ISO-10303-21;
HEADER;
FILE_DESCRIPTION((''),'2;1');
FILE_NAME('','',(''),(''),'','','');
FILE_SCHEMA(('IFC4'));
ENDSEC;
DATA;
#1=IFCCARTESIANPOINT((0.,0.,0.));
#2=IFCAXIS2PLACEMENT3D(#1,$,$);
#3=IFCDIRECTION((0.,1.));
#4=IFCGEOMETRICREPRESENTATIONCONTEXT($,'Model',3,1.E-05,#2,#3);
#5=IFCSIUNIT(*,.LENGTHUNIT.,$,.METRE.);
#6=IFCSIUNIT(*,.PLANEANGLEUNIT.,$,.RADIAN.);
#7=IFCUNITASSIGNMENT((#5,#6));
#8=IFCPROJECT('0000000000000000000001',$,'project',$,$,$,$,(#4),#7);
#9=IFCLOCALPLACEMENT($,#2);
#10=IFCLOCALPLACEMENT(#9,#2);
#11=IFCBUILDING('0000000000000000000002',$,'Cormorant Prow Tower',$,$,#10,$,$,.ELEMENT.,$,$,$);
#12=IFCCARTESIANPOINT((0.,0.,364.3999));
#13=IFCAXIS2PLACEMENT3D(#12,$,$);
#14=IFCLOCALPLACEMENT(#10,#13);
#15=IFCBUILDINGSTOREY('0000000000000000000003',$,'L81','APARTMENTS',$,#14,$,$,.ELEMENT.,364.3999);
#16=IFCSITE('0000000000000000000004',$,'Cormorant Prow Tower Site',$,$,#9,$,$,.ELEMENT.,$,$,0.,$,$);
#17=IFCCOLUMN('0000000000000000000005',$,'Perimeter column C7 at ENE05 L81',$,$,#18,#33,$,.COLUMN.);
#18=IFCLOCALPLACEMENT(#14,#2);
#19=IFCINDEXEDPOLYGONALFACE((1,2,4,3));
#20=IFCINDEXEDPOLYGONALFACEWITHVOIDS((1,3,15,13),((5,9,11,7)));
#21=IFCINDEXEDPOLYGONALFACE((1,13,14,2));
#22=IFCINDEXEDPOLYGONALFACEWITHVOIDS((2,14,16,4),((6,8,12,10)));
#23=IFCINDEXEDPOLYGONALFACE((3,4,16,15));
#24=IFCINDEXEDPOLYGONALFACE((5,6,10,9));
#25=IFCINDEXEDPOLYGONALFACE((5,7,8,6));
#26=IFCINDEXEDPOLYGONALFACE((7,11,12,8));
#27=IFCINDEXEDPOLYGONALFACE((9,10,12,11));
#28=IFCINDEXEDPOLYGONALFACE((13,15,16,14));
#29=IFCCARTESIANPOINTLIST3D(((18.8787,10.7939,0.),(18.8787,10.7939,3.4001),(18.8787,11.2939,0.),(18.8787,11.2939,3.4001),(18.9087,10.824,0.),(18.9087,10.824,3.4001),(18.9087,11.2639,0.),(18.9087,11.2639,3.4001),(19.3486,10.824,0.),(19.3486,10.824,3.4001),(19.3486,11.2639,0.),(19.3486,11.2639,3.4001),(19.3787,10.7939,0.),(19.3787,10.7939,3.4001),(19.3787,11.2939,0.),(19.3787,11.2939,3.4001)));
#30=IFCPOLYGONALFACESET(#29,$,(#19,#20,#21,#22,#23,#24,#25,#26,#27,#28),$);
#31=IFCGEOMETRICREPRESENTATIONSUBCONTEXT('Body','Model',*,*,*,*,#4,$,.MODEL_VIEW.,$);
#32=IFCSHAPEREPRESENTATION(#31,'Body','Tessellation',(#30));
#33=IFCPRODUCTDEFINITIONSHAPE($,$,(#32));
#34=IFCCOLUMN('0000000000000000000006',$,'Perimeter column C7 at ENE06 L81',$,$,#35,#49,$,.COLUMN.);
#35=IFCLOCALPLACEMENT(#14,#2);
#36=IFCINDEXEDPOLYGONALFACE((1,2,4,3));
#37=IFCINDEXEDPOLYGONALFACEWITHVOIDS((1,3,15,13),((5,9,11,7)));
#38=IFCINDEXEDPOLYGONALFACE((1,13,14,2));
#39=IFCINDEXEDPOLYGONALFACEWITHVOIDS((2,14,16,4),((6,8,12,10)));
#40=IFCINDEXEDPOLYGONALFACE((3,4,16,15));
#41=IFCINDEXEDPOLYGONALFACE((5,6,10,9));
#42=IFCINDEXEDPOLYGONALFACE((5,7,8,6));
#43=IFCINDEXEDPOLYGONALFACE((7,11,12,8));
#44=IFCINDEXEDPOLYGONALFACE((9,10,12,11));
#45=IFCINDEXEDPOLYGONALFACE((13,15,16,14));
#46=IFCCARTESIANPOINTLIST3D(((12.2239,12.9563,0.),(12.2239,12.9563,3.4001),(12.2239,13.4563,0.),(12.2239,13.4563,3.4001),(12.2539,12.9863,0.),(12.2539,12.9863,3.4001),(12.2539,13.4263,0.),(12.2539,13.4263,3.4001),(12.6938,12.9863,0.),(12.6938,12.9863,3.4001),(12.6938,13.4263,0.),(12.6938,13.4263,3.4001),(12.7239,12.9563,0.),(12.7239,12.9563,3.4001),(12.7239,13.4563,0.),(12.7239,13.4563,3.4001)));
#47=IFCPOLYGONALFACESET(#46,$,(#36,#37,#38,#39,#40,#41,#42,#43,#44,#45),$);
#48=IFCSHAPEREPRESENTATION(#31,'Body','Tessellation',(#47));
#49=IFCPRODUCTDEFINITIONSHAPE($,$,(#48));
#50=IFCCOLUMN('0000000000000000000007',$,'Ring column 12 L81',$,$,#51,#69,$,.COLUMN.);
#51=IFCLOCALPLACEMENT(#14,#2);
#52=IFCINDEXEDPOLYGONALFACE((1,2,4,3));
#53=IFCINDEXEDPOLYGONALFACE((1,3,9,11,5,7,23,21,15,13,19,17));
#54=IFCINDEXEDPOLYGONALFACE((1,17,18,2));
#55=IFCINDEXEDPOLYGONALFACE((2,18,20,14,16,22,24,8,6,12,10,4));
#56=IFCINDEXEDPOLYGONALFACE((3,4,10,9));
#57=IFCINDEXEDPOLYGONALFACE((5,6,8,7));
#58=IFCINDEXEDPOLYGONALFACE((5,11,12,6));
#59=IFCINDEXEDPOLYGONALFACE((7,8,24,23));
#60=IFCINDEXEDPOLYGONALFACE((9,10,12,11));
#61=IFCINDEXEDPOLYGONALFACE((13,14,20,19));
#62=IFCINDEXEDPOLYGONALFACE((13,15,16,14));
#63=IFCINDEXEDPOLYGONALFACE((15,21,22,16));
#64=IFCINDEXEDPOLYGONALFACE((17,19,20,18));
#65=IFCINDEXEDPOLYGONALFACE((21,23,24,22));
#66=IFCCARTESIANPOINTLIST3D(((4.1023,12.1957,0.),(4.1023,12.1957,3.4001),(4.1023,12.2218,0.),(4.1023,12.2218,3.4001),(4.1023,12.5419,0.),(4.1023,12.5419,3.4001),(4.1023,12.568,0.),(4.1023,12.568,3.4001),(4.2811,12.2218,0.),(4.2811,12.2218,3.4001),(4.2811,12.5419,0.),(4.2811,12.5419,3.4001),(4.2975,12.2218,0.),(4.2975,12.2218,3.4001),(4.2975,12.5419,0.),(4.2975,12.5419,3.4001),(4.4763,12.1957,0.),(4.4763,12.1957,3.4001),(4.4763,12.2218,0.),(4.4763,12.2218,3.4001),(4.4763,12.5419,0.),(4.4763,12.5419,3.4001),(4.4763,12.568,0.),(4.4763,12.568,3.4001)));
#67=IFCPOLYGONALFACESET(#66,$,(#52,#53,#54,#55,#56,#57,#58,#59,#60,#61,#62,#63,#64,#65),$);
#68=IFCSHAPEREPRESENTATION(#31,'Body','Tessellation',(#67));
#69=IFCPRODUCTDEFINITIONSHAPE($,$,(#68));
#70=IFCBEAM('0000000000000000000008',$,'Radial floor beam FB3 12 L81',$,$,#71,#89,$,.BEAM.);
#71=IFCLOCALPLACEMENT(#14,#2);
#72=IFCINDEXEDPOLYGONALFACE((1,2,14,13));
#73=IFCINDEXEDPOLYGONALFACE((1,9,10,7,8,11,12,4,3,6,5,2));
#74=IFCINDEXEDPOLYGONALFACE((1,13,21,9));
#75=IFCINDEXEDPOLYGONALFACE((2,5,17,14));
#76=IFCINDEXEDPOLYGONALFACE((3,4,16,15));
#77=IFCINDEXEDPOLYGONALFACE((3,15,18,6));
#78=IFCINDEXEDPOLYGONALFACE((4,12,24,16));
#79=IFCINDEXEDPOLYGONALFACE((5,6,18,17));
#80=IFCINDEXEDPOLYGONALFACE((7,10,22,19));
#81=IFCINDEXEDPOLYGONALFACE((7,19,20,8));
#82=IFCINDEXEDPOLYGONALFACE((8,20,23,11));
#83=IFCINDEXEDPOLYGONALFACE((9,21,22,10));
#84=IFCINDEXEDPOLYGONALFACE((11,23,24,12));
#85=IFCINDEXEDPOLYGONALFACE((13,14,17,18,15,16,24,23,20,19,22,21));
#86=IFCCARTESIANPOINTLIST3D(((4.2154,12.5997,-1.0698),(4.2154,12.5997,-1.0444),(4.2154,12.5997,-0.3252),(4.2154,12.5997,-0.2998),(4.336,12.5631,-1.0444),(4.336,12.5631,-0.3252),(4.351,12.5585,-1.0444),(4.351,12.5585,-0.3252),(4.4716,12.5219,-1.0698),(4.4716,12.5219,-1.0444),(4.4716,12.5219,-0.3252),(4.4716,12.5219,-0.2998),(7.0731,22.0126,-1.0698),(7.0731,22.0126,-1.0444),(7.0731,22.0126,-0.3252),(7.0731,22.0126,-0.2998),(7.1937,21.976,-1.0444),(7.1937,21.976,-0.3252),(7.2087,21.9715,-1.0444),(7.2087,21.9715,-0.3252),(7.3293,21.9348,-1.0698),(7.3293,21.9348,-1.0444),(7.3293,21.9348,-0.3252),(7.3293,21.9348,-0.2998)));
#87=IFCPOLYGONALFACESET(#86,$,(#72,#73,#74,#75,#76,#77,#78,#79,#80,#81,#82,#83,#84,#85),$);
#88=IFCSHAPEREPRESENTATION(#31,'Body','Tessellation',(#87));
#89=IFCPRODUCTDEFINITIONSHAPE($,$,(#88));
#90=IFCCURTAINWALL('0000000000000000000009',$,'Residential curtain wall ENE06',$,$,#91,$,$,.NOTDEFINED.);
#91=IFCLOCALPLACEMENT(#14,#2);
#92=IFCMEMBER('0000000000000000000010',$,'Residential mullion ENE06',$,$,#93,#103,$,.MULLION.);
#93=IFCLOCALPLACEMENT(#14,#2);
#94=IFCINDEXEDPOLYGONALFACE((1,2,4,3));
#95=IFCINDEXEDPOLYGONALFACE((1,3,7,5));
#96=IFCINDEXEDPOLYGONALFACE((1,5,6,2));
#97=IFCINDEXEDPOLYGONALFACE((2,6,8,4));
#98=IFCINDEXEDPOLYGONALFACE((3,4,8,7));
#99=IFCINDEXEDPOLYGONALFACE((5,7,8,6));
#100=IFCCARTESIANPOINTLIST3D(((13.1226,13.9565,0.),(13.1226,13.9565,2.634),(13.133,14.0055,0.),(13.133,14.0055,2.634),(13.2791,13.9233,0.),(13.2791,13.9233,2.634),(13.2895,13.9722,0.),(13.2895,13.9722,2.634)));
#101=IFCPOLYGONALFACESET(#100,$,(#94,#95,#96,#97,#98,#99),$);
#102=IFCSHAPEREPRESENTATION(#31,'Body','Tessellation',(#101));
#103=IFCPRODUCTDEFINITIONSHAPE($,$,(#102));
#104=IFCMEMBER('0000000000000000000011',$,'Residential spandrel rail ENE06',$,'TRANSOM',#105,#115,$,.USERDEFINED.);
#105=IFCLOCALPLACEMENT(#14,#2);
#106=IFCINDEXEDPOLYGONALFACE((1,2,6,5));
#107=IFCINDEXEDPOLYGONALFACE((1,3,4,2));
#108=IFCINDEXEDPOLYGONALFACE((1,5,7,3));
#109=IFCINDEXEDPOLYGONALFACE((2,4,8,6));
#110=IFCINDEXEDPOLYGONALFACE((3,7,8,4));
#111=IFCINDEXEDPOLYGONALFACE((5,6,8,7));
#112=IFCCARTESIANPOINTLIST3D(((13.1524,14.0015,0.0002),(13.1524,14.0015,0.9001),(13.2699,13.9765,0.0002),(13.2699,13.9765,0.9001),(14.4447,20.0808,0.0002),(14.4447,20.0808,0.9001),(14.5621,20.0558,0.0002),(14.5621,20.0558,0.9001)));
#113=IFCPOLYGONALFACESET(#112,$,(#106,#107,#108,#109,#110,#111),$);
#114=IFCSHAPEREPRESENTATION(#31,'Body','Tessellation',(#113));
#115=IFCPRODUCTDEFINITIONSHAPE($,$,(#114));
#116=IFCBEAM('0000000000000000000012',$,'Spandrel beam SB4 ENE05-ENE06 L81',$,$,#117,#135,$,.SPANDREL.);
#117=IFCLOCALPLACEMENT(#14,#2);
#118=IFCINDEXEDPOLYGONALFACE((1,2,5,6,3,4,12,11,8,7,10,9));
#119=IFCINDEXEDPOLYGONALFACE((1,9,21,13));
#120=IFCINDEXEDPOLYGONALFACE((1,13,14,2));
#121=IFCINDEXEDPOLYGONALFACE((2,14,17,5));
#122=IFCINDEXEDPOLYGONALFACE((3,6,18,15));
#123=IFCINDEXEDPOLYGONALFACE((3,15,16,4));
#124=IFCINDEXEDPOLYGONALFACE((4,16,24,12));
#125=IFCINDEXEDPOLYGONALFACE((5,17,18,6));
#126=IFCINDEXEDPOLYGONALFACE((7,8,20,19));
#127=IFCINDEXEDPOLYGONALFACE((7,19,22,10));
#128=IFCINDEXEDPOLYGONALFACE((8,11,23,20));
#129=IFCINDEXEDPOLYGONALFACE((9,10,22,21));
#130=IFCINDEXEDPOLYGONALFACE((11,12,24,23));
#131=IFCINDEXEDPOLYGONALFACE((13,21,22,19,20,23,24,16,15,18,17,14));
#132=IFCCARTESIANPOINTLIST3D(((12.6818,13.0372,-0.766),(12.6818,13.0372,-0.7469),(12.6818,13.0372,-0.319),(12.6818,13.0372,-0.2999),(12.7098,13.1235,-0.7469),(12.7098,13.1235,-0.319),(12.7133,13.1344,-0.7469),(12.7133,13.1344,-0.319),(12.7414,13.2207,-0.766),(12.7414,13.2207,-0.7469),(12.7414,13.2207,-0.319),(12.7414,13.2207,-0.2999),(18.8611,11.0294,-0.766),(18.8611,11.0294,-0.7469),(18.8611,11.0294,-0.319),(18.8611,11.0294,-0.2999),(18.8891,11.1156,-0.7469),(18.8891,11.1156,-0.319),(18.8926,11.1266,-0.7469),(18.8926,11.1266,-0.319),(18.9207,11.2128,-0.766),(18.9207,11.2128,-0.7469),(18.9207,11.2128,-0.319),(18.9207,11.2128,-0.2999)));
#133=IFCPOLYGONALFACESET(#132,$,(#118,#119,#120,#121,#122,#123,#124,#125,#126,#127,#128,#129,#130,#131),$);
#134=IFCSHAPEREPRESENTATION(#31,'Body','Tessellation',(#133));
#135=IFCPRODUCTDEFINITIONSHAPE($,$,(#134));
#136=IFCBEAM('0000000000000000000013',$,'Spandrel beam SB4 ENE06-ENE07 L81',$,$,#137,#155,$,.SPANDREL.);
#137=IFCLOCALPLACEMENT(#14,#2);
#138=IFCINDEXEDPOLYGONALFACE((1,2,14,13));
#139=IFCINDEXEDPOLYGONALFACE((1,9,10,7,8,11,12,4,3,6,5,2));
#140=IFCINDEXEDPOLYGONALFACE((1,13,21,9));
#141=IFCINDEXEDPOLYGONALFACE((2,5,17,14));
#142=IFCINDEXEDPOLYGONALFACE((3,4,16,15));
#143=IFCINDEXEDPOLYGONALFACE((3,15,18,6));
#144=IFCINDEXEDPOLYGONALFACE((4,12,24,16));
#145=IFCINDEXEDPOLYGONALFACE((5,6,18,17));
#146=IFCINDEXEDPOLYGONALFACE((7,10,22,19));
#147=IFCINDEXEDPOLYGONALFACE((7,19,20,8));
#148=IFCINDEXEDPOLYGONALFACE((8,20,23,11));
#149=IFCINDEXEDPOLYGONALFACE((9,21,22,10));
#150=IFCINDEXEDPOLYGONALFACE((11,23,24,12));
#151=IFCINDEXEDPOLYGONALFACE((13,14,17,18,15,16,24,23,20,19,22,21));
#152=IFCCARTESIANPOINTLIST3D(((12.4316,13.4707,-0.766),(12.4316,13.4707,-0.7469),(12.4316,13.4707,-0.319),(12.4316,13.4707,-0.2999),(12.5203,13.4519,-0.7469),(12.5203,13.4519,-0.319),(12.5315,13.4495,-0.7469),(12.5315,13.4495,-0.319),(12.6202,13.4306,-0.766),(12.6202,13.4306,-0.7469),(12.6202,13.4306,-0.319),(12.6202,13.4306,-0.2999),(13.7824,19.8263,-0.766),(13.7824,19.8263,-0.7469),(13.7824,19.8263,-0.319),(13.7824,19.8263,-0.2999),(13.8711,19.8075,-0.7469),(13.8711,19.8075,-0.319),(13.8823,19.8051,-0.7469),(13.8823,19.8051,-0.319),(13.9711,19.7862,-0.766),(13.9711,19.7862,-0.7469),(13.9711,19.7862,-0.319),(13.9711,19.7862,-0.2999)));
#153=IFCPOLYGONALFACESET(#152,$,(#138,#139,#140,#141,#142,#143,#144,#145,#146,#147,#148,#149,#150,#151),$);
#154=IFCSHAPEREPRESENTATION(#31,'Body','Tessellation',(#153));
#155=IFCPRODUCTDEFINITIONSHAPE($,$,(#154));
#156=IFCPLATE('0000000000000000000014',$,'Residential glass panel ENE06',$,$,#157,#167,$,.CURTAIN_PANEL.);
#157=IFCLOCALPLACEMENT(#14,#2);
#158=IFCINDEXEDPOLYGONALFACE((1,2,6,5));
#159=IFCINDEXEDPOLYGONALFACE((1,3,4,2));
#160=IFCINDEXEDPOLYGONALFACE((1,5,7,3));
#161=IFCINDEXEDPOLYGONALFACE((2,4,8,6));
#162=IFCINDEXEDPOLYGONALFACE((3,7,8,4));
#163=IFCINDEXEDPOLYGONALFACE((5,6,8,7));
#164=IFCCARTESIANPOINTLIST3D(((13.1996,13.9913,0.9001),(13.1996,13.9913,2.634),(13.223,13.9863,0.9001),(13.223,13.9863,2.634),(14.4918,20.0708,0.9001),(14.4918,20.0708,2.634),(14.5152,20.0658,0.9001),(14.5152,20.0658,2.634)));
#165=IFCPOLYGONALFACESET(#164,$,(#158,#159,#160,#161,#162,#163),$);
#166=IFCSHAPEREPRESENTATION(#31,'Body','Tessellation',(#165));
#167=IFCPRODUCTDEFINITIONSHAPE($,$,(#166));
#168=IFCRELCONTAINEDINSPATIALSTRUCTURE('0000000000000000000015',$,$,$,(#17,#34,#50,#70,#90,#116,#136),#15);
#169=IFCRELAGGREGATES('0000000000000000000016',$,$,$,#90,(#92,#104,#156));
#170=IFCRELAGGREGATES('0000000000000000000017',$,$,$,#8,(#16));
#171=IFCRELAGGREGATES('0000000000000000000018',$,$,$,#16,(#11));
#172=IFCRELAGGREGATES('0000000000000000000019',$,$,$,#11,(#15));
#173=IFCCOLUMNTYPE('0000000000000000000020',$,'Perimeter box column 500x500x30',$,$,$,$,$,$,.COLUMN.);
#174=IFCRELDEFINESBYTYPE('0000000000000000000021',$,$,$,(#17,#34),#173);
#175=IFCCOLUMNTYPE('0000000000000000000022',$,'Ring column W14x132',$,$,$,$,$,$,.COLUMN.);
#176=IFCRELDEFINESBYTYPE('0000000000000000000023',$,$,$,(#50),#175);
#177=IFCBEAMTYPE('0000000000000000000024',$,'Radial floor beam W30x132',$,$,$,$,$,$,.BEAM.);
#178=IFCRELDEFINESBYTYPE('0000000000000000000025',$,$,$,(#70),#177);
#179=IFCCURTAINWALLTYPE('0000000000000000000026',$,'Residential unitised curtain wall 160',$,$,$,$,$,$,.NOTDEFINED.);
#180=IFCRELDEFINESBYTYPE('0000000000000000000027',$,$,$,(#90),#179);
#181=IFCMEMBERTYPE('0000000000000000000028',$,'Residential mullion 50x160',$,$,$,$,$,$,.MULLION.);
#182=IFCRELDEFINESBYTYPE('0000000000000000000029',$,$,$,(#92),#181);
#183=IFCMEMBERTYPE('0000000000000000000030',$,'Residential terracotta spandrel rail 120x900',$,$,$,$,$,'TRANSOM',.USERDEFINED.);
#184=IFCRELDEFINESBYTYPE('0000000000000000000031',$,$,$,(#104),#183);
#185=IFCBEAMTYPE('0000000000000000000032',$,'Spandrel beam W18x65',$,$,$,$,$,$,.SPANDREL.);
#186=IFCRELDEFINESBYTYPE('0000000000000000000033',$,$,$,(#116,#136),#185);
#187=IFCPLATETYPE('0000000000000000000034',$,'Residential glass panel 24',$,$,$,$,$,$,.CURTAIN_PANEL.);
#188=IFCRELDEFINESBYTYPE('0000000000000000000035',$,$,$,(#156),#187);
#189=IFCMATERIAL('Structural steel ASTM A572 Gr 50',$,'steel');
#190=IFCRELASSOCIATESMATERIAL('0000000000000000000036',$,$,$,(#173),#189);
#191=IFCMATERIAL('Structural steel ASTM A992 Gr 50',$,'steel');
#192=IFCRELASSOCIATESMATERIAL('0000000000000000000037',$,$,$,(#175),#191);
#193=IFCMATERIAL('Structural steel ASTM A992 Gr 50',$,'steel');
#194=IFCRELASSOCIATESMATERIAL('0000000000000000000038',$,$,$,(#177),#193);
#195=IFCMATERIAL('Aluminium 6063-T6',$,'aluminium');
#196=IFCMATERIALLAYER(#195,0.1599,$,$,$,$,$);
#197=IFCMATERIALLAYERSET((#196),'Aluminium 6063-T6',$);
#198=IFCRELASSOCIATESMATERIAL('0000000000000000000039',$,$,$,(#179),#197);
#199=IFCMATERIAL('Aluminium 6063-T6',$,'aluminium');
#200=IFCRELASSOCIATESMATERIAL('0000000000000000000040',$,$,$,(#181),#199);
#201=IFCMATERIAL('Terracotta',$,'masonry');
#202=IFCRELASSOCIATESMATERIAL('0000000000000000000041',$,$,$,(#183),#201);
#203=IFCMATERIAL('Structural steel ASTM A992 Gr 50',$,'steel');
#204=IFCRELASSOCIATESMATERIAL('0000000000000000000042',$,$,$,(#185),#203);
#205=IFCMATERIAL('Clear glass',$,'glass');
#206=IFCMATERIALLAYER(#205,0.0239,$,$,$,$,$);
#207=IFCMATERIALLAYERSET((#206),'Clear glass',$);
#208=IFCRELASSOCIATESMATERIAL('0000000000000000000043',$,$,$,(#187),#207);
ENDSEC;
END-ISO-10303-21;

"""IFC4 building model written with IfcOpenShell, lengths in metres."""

from ifc_helpers import new_model, si_unit, direction, frame, origin, origin_2d, place, context, subcontext, project, spatial, rectangle, hollow_rectangle, i_section, extrude, material, layer, layer_set, material_profile, profile_set, type_object, element, aggregate, save


model = new_model("IFC4")

# Units and contexts
model_context = context("Model", 3, precision=1e-05, world=origin(), true_north=direction((0.0, 1.0)))
body_context = subcontext(model_context, "Body", "Model", "MODEL_VIEW")
ifc_project = project(units=[si_unit("LENGTHUNIT", "METRE"), si_unit("PLANEANGLEUNIT", "RADIAN")], contexts=[model_context])

# Site, building, storey
site_placement = place(None, origin())
site = spatial("IfcSite", under=ifc_project, at=site_placement, Name="Cormorant Prow Tower Site", CompositionType="ELEMENT", RefElevation=0.0)
building_placement = place(site_placement, origin())
building = spatial("IfcBuilding", under=site, at=building_placement, Name="Cormorant Prow Tower", CompositionType="ELEMENT")
storey_placement = place(building_placement, frame((0.0, 0.0, 364.3999)))
storey = spatial("IfcBuildingStorey", under=building, at=storey_placement, Name="L81", Description="APARTMENTS", CompositionType="ELEMENT", Elevation=364.3999)

# Columns
ifc_material_1 = material(Name="Structural steel ASTM A572 Gr 50", Category="steel")
ifc_material_profile_1 = material_profile(ifc_material_1, hollow_rectangle(XDim=0.5, YDim=0.5, WallThickness=0.03, at=origin_2d()), Name="Box 500x500x30")
ifc_profile_set_1 = profile_set([ifc_material_profile_1], Name="Structural steel ASTM A572 Gr 50")
column_type_1 = type_object("IfcColumnType", Name="Perimeter box column 500x500x30", PredefinedType="COLUMN", material=ifc_profile_set_1)
for number, where, z_axis, x_axis, name in (
    (1, (19.1287, 11.0439, 0.0), (0.0, 0.0, 1.0), (1.0, 0.0, 0.0), "Perimeter column C7 at ENE05 L81"),
    (2, (12.4739, 13.2063, 0.0), (0.0, 0.0, 1.0), (1.0, 0.0, 0.0), "Perimeter column C7 at ENE06 L81"),
):
    element("IfcColumn", number, at=place(storey_placement, frame(where, z_axis=z_axis, x_axis=x_axis)), inside=storey, type_object=column_type_1, Name=name, PredefinedType="COLUMN", context=body_context, shape_type="SweptSolid", body=[
        extrude(hollow_rectangle(XDim=0.5, YDim=0.5, WallThickness=0.03, at=origin_2d()), origin(), (0.0, 0.0, 1.0), 3.4001),
    ])
ifc_material_2 = material(Name="Structural steel ASTM A992 Gr 50", Category="steel")
ifc_material_profile_2 = material_profile(ifc_material_2, i_section(OverallWidth=0.374, OverallDepth=0.3723, WebThickness=0.0164, FlangeThickness=0.0261, at=origin_2d()), Name="W14x132")
ifc_profile_set_2 = profile_set([ifc_material_profile_2], Name="Structural steel ASTM A992 Gr 50")
column_type_2 = type_object("IfcColumnType", Name="Ring column W14x132", PredefinedType="COLUMN", material=ifc_profile_set_2)
column_placement = place(storey_placement, frame((4.2893, 12.3818, 0.0), z_axis=(0.0, 0.0, 1.0), x_axis=(1.0, 0.0, 0.0)))
element("IfcColumn", 3, at=column_placement, inside=storey, type_object=column_type_2, Name="Ring column 12 L81", PredefinedType="COLUMN", context=body_context, shape_type="SweptSolid", body=[
    extrude(i_section(OverallWidth=0.374, OverallDepth=0.3723, WebThickness=0.0164, FlangeThickness=0.0261, at=origin_2d()), origin(), (0.0, 0.0, 1.0), 3.4001),
])

# Beam
ifc_material_3 = material(Name="Structural steel ASTM A992 Gr 50", Category="steel")
ifc_material_profile_3 = material_profile(ifc_material_3, i_section(OverallWidth=0.2678, OverallDepth=0.77, WebThickness=0.0156, FlangeThickness=0.0254, at=origin_2d()), Name="W30x132")
ifc_profile_set_3 = profile_set([ifc_material_profile_3], Name="Structural steel ASTM A992 Gr 50")
beam_type_1 = type_object("IfcBeamType", Name="Radial floor beam W30x132", PredefinedType="BEAM", material=ifc_profile_set_3)
beam_1_placement = place(storey_placement, frame((4.3435, 12.5608, -0.6848), z_axis=(0.2905, 0.956875, 0.0), x_axis=(-0.956875, 0.2905, 0.0)))
element("IfcBeam", 4, at=beam_1_placement, inside=storey, type_object=beam_type_1, Name="Radial floor beam FB3 12 L81", PredefinedType="BEAM", context=body_context, shape_type="SweptSolid", body=[
    extrude(i_section(OverallWidth=0.2678, OverallDepth=0.77, WebThickness=0.0156, FlangeThickness=0.0254, at=origin_2d()), origin(), (0.0, 0.0, 1.0), 9.8372),
])

# Curtain wall, members
ifc_material_4 = material(Name="Aluminium 6063-T6", Category="aluminium")
ifc_layer_1 = layer(ifc_material_4, 0.1599)
ifc_layer_set_1 = layer_set([ifc_layer_1], Name="Aluminium 6063-T6")
curtain_wall_type = type_object("IfcCurtainWallType", Name="Residential unitised curtain wall 160", PredefinedType="NOTDEFINED", material=ifc_layer_set_1)
curtain_wall_placement = place(storey_placement, origin())
curtain_wall = element("IfcCurtainWall", 5, at=curtain_wall_placement, inside=storey, type_object=curtain_wall_type, Name="Residential curtain wall ENE06", PredefinedType="NOTDEFINED")
ifc_material_5 = material(Name="Aluminium 6063-T6", Category="aluminium")
ifc_material_profile_4 = material_profile(ifc_material_5, rectangle(XDim=0.1599, YDim=0.05, at=origin_2d()), Name="Residential mullion 50x160")
ifc_profile_set_4 = profile_set([ifc_material_profile_4], Name="Aluminium 6063-T6")
member_type_1 = type_object("IfcMemberType", Name="Residential mullion 50x160", PredefinedType="MULLION", material=ifc_profile_set_4)
member_1_placement = place(storey_placement, frame((13.2061, 13.9644, 0.0), z_axis=(0.0, 0.0, 1.0), x_axis=(-0.978148, 0.207912, 0.0)))
member_1 = element("IfcMember", 6, at=member_1_placement, type_object=member_type_1, Name="Residential mullion ENE06", PredefinedType="MULLION", context=body_context, shape_type="SweptSolid", body=[
    extrude(rectangle(XDim=0.1599, YDim=0.05, at=origin_2d()), origin(), (0.0, 0.0, 1.0), 2.634),
])
ifc_material_6 = material(Name="Terracotta", Category="masonry")
ifc_material_profile_5 = material_profile(ifc_material_6, rectangle(XDim=0.1201, YDim=0.8999, at=origin_2d()), Name="Residential terracotta spandrel rail 120x900")
ifc_profile_set_5 = profile_set([ifc_material_profile_5], Name="Terracotta")
member_type_2 = type_object("IfcMemberType", Name="Residential terracotta spandrel rail 120x900", ElementType="TRANSOM", PredefinedType="USERDEFINED", material=ifc_profile_set_5)
member_2_placement = place(storey_placement, frame((13.2112, 13.989, 0.4502), z_axis=(0.207917, 0.978147, 0.0), x_axis=(-0.978147, 0.207917, 0.0)))
member_2 = element("IfcMember", 7, at=member_2_placement, type_object=member_type_2, Name="Residential spandrel rail ENE06", ObjectType="TRANSOM", PredefinedType="USERDEFINED", context=body_context, shape_type="SweptSolid", body=[
    extrude(rectangle(XDim=0.1201, YDim=0.8999, at=origin_2d()), origin(), (0.0, 0.0, 1.0), 6.2151),
])

# Beams
ifc_material_7 = material(Name="Structural steel ASTM A992 Gr 50", Category="steel")
ifc_material_profile_6 = material_profile(ifc_material_7, i_section(OverallWidth=0.1929, OverallDepth=0.4661, WebThickness=0.0115, FlangeThickness=0.019, at=origin_2d()), Name="W18x65")
ifc_profile_set_6 = profile_set([ifc_material_profile_6], Name="Structural steel ASTM A992 Gr 50")
beam_type_2 = type_object("IfcBeamType", Name="Spandrel beam W18x65", PredefinedType="SPANDREL", material=ifc_profile_set_6)
beam_2_placement = place(storey_placement, frame((18.8909, 11.1211, -0.533), z_axis=(-0.951053, 0.309027, 0.0), x_axis=(-0.309027, -0.951053, 0.0)))
element("IfcBeam", 8, at=beam_2_placement, inside=storey, type_object=beam_type_2, Name="Spandrel beam SB4 ENE05-ENE06 L81", PredefinedType="SPANDREL", context=body_context, shape_type="SweptSolid", body=[
    extrude(i_section(OverallWidth=0.1929, OverallDepth=0.4661, WebThickness=0.0115, FlangeThickness=0.019, at=origin_2d()), origin(), (0.0, 0.0, 1.0), 6.4973),
])
beam_3_placement = place(storey_placement, frame((12.5259, 13.4507, -0.533), z_axis=(0.207902, 0.97815, 0.0), x_axis=(-0.97815, 0.207902, 0.0)))
element("IfcBeam", 9, at=beam_3_placement, inside=storey, type_object=beam_type_2, Name="Spandrel beam SB4 ENE06-ENE07 L81", PredefinedType="SPANDREL", context=body_context, shape_type="SweptSolid", body=[
    extrude(i_section(OverallWidth=0.1929, OverallDepth=0.4661, WebThickness=0.0115, FlangeThickness=0.019, at=origin_2d()), origin(), (0.0, 0.0, 1.0), 6.4976),
])

# Plate
ifc_material_8 = material(Name="Clear glass", Category="glass")
ifc_layer_2 = layer(ifc_material_8, 0.0239)
ifc_layer_set_2 = layer_set([ifc_layer_2], Name="Clear glass")
plate_type = type_object("IfcPlateType", Name="Residential glass panel 24", PredefinedType="CURTAIN_PANEL", material=ifc_layer_set_2)
plate_placement = place(storey_placement, frame((13.8574, 17.0286, 0.9001), z_axis=(0.0, 0.0, 1.0), x_axis=(0.207912, 0.978148, 0.0)))
plate = element("IfcPlate", 10, at=plate_placement, type_object=plate_type, Name="Residential glass panel ENE06", PredefinedType="CURTAIN_PANEL", context=body_context, shape_type="SweptSolid", body=[
    extrude(rectangle(XDim=6.2153, YDim=0.0239, at=origin_2d()), origin(), (0.0, 0.0, 1.0), 1.7339),
])
aggregate(curtain_wall, [member_1, member_2, plate])

save(model, "model.ifc")
